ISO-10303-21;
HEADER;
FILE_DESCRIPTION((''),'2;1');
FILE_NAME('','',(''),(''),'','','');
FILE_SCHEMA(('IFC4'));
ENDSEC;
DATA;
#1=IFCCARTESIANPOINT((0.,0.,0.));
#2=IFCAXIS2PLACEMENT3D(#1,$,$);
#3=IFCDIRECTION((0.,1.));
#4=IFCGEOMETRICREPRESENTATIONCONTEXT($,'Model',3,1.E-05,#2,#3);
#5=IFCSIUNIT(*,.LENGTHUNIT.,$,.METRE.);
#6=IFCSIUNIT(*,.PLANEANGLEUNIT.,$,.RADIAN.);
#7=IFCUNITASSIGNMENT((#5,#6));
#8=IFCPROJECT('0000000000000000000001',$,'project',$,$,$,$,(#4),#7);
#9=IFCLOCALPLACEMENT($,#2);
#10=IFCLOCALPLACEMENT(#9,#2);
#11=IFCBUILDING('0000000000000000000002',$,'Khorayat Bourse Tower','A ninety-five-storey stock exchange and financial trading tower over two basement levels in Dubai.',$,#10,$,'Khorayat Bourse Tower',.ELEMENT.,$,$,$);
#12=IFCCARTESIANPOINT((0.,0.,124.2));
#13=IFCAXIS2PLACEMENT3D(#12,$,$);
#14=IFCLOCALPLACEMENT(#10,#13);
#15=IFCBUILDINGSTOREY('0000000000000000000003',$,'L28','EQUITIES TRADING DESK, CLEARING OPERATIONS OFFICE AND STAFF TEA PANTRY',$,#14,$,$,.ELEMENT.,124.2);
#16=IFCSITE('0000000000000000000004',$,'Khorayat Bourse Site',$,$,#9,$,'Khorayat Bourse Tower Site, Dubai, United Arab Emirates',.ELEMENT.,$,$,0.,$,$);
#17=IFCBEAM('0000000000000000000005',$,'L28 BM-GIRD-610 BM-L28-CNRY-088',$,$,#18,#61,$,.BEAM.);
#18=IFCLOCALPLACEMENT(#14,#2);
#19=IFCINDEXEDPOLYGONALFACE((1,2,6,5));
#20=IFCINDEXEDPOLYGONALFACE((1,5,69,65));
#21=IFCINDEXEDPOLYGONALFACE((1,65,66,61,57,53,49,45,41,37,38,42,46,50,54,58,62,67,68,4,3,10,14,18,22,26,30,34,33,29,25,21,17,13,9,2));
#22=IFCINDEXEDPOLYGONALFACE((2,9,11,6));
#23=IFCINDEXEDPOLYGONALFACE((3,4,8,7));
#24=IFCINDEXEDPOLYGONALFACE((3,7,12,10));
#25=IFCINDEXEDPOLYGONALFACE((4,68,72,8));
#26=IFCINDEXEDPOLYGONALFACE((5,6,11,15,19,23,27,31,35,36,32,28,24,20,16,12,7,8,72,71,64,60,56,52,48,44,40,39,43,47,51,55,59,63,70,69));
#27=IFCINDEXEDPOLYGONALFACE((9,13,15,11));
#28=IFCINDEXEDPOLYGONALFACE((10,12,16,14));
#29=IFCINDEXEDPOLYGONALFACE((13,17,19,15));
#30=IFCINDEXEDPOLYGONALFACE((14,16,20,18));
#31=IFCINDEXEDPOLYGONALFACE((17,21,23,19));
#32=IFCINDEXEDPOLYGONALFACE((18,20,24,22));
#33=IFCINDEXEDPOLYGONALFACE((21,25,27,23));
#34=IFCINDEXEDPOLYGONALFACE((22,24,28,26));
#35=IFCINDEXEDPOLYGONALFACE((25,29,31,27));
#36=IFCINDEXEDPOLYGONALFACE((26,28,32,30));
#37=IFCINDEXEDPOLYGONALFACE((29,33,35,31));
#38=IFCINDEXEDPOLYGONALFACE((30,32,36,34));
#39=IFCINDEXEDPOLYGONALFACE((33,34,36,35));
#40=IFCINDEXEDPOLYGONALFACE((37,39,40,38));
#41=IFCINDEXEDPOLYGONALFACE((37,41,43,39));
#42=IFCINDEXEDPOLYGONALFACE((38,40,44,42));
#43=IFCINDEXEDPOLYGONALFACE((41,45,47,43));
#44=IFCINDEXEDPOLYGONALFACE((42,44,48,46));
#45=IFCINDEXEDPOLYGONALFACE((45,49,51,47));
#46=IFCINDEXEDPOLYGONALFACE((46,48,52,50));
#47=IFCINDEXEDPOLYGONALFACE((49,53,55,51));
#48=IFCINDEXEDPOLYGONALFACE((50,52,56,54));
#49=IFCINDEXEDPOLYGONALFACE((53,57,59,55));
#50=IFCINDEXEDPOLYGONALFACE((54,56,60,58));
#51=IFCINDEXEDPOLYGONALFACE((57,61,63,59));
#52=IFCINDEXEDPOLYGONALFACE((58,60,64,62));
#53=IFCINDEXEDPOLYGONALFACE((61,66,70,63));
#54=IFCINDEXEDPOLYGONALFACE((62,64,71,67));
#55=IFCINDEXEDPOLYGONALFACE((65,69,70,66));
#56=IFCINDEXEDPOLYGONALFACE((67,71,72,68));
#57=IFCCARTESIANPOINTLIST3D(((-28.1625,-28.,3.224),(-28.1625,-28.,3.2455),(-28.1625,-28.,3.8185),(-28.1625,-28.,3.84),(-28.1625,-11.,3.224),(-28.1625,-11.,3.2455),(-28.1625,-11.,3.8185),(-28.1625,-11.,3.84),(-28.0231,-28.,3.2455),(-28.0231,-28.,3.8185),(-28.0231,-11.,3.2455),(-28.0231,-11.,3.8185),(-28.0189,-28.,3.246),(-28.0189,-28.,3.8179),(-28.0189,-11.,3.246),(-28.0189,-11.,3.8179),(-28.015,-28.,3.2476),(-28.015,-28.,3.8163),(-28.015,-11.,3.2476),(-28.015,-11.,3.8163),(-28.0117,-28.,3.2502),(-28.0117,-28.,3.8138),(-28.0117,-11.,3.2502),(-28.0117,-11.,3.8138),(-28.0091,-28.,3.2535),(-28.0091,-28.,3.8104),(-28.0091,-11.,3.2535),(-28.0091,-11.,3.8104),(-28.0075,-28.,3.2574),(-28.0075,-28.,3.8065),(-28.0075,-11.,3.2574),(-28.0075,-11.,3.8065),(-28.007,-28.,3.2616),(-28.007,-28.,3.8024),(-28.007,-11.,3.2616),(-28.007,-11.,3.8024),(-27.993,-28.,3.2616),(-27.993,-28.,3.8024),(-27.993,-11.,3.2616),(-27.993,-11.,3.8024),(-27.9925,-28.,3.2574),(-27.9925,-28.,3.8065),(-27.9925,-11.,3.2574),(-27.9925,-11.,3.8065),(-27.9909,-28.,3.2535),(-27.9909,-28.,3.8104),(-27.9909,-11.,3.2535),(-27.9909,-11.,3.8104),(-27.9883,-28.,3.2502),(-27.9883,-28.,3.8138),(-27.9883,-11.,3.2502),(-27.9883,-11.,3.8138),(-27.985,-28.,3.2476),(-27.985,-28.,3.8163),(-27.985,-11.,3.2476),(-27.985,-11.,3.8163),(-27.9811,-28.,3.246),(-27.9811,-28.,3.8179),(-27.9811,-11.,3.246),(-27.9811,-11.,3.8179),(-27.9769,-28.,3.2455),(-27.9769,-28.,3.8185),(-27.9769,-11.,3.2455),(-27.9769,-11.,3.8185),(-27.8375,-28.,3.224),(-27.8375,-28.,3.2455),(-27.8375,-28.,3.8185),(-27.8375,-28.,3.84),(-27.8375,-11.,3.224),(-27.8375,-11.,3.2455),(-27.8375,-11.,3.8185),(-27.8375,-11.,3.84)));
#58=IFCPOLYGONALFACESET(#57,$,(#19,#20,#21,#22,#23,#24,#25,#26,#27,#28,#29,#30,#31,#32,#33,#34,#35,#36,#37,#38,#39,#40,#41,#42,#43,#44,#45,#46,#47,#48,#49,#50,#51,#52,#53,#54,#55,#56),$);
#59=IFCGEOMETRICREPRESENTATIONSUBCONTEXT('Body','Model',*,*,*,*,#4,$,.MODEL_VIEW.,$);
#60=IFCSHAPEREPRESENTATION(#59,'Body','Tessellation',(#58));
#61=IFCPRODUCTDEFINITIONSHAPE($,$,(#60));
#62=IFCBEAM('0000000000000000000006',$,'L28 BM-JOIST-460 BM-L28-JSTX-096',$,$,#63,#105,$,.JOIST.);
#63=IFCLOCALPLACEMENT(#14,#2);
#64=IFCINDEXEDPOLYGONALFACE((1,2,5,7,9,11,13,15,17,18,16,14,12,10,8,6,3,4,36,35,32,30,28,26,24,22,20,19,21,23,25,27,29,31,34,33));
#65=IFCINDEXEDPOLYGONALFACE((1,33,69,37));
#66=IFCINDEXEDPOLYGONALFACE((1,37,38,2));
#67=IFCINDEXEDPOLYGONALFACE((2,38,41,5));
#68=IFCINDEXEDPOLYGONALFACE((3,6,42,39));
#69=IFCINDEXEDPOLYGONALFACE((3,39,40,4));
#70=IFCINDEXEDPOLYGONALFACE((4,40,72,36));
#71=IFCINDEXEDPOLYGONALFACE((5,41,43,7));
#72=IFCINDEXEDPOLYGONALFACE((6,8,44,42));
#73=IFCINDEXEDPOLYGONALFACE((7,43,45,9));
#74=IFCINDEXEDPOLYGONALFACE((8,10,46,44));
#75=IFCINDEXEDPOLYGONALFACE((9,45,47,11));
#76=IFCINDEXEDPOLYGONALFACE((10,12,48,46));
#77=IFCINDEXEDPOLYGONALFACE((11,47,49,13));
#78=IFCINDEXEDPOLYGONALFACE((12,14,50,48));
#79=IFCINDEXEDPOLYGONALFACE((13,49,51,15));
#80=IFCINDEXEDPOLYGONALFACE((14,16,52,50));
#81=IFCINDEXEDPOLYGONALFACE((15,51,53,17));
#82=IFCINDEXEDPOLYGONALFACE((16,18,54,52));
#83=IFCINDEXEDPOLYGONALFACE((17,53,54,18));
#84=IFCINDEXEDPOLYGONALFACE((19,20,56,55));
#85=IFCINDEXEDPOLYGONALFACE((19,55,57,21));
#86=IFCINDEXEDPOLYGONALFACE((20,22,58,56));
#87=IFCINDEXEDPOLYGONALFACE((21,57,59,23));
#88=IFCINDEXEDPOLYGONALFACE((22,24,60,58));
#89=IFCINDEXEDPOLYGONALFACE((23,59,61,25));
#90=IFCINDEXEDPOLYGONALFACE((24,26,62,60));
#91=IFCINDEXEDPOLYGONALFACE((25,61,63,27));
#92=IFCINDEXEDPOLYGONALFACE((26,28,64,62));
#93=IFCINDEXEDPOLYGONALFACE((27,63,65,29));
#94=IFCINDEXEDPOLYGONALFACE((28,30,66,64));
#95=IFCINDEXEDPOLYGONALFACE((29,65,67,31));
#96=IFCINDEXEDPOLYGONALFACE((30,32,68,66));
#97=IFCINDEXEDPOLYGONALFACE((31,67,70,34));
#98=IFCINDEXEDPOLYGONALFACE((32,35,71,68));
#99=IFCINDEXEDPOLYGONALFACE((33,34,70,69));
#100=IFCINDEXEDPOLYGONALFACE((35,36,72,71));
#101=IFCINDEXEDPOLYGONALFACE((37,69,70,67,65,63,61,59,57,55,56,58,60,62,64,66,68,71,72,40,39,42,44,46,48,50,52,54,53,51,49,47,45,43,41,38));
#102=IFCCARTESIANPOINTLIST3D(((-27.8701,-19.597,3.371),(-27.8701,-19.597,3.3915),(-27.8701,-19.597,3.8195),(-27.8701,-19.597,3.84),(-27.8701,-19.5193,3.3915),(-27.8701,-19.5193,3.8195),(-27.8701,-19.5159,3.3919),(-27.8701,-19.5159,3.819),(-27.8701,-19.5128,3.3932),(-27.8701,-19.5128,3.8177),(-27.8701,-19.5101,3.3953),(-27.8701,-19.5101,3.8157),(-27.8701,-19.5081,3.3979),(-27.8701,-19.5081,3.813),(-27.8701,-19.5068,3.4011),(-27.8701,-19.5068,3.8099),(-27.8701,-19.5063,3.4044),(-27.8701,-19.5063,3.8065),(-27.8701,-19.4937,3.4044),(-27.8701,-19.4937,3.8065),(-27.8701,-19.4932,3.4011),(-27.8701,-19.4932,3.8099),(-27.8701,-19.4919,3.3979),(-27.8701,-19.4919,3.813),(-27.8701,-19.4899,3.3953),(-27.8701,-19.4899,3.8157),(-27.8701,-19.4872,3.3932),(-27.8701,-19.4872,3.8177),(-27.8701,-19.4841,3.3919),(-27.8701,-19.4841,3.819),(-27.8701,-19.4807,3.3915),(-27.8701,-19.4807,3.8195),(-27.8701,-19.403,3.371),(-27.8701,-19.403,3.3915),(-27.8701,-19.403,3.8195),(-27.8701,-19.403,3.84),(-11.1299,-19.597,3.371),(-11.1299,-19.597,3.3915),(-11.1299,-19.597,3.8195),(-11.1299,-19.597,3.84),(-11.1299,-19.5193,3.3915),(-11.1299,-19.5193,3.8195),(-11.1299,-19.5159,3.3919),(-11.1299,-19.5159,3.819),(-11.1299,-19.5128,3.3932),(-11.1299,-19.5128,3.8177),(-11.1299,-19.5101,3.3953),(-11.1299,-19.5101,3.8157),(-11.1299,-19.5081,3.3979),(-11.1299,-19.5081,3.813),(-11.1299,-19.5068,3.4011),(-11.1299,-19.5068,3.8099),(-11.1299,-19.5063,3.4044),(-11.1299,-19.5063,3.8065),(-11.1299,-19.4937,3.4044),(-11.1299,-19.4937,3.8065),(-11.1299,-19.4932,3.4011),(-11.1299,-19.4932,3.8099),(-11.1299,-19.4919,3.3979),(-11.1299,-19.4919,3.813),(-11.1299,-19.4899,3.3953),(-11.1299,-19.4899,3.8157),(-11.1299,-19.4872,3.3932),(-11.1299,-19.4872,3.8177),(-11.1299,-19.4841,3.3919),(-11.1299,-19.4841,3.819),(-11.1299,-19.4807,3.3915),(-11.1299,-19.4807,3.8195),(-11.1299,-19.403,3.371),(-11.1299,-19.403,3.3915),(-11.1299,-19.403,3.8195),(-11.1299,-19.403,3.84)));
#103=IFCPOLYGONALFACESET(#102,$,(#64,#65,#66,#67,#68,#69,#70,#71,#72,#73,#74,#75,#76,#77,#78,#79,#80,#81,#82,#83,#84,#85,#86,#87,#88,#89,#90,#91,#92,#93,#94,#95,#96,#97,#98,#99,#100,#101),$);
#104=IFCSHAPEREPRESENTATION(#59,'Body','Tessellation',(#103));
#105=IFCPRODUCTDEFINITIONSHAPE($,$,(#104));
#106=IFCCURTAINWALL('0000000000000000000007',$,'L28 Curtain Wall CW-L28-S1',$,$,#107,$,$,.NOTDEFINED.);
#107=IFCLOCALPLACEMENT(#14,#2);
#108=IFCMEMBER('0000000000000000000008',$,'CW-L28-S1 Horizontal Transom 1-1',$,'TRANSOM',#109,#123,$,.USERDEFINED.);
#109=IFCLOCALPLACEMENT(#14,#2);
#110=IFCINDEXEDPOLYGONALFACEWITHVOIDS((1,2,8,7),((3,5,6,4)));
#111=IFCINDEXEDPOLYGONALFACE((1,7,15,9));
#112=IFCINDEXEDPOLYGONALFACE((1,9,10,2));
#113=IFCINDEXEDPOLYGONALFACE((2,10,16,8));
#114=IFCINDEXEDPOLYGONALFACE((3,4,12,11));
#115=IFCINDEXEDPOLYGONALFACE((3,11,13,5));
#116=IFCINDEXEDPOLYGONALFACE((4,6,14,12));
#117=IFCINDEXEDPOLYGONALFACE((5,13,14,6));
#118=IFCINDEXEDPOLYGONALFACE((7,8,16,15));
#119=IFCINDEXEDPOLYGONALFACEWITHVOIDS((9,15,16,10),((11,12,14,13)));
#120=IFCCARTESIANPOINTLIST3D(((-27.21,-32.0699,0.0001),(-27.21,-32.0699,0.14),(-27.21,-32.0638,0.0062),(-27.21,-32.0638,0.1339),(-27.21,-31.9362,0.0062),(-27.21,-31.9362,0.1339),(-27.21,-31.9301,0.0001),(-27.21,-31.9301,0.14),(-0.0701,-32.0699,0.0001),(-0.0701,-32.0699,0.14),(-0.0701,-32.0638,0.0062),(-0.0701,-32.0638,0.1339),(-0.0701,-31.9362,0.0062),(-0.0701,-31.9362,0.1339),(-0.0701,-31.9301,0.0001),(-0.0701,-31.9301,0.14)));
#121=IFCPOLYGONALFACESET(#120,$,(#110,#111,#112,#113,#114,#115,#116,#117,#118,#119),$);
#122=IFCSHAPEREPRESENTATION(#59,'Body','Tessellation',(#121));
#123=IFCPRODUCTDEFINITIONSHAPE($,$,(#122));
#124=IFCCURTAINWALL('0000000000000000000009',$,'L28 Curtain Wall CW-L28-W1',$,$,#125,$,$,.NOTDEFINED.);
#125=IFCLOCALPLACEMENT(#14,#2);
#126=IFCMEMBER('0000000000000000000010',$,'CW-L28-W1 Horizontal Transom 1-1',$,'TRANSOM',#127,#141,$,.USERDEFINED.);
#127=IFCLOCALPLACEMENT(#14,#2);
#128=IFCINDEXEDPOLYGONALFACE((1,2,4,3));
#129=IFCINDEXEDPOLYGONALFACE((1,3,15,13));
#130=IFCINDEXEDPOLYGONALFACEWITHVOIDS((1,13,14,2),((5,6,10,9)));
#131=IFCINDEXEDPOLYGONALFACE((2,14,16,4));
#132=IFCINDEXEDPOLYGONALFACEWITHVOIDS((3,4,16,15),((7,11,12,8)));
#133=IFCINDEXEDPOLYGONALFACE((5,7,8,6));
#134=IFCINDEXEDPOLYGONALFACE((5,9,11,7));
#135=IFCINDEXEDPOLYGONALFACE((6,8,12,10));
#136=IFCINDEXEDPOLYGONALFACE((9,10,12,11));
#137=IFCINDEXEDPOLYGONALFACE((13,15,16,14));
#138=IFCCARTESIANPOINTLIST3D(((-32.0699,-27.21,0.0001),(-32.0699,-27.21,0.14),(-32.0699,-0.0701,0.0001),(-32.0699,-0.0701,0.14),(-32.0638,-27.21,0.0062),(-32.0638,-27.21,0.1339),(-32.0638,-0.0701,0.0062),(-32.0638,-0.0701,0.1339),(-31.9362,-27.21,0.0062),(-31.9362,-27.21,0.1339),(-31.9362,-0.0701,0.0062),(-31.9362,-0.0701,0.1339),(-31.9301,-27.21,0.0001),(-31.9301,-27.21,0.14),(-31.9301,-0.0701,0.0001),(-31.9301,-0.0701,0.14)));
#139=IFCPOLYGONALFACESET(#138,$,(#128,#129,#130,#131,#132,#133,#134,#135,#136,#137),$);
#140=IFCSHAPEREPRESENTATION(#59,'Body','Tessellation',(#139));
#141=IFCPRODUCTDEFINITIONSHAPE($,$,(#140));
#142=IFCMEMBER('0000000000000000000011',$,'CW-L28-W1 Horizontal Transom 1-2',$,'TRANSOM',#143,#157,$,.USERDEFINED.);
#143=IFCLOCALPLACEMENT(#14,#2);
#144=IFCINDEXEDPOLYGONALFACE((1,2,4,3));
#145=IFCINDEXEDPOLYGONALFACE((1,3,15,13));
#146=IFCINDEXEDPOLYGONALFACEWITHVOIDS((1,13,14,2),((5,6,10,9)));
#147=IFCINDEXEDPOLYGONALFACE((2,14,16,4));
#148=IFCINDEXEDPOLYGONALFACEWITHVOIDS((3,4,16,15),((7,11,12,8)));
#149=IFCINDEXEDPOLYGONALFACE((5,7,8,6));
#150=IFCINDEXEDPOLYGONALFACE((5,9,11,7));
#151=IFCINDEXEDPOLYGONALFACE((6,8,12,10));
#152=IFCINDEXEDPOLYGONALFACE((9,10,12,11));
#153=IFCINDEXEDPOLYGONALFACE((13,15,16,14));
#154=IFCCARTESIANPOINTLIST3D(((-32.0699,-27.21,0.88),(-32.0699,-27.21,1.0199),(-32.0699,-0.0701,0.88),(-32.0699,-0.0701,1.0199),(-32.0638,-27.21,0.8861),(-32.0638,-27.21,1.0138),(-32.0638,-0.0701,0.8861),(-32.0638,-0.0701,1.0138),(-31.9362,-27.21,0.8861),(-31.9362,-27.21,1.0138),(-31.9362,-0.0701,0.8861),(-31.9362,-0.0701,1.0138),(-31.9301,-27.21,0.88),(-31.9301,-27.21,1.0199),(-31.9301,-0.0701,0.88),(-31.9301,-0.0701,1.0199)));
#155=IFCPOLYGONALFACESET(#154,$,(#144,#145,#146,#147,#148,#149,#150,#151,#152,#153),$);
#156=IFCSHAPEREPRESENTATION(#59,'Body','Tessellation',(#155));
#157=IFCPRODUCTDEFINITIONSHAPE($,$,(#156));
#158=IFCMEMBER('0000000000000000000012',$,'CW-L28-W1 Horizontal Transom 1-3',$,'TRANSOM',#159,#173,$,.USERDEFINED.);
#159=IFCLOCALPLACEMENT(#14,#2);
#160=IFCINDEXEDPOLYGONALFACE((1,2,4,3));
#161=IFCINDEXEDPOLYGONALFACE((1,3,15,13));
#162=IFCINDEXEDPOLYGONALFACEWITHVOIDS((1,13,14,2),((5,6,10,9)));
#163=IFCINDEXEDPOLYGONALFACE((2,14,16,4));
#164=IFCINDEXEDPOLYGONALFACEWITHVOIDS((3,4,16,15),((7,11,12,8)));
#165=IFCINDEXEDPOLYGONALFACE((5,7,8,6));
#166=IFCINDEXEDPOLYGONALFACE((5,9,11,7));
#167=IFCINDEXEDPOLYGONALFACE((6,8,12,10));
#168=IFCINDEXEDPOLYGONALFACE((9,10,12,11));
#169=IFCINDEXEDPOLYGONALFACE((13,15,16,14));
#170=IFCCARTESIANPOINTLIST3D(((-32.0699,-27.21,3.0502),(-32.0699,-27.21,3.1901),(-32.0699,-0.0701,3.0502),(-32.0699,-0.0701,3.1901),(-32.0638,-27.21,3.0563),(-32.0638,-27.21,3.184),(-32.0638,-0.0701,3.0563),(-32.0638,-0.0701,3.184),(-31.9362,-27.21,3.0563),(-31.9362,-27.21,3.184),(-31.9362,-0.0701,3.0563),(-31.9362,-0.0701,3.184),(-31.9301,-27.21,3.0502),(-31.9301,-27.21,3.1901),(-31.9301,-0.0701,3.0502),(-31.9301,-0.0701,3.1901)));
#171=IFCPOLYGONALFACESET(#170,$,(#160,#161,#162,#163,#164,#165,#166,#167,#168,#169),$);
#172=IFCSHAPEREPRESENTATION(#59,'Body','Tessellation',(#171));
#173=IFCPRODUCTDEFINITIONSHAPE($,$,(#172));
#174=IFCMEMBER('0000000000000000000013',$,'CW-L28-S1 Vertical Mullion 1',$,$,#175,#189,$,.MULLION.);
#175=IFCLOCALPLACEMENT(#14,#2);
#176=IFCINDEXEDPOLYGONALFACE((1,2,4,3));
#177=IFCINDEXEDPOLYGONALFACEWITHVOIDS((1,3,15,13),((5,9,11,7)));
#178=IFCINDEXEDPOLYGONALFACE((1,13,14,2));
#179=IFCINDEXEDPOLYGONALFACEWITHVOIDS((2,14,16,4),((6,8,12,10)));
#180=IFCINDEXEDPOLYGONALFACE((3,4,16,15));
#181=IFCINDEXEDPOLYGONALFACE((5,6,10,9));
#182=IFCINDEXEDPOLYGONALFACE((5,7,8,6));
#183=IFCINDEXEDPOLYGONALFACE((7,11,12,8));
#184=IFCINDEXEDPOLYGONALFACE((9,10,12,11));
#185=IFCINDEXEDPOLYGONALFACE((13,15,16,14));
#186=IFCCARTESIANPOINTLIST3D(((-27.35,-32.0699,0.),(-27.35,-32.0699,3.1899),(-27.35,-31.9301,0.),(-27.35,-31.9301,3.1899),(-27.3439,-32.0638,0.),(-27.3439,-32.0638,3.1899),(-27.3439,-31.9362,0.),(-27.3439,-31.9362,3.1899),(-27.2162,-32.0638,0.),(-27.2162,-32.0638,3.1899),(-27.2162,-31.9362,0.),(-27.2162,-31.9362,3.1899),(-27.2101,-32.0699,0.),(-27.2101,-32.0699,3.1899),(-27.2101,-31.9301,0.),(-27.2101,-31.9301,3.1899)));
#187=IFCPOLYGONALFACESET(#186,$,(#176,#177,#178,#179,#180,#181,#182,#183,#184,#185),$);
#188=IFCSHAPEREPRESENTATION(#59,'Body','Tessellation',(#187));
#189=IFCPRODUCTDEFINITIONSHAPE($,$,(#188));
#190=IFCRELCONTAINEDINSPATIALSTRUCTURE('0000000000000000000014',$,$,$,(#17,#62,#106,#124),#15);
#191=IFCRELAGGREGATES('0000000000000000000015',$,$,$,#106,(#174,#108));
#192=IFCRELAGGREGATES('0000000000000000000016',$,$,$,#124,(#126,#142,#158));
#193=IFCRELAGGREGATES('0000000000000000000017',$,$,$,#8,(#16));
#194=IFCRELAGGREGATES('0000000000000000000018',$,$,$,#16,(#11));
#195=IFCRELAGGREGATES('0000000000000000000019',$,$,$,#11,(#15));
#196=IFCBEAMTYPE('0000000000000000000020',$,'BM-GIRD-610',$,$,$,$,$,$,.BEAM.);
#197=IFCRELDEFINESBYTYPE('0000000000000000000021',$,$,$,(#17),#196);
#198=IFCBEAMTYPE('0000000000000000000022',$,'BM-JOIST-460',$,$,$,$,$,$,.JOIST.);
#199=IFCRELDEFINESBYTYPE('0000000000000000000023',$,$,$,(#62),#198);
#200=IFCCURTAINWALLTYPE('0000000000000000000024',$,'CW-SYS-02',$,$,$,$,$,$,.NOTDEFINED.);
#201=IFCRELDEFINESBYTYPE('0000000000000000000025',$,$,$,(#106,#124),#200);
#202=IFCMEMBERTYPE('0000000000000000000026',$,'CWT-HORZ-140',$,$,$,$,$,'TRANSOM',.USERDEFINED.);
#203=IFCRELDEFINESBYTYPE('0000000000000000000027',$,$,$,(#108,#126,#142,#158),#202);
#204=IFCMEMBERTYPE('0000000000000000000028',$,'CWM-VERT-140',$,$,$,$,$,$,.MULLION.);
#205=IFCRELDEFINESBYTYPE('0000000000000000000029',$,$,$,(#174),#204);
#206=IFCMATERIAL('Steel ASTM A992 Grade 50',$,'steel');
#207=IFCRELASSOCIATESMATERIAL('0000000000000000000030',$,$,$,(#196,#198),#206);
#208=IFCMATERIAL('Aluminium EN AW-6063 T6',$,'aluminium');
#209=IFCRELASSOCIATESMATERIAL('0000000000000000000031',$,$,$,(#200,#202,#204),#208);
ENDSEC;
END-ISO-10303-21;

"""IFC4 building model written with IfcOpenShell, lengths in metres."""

from ifc_helpers import new_model, si_unit, direction, frame, origin, origin_2d, place, context, subcontext, project, spatial, hollow_rectangle, i_section, extrude, source, transform, mapped, material, material_profile, profile_set, type_object, element, aggregate, save


model = new_model("IFC4")

# Units and contexts
model_context = context("Model", 3, precision=1e-05, world=origin(), true_north=direction((0.0, 1.0)))
body_context = subcontext(model_context, "Body", "Model", "MODEL_VIEW")
ifc_project = project(units=[si_unit("LENGTHUNIT", "METRE"), si_unit("PLANEANGLEUNIT", "RADIAN")], contexts=[model_context])

# Site, building, storey
site_placement = place(None, origin())
site = spatial("IfcSite", under=ifc_project, at=site_placement, Name="Khorayat Bourse Site", LongName="Khorayat Bourse Tower Site, Dubai, United Arab Emirates", CompositionType="ELEMENT", RefElevation=0.0)
building_placement = place(site_placement, origin())
building = spatial("IfcBuilding", under=site, at=building_placement, Name="Khorayat Bourse Tower", Description="A ninety-five-storey stock exchange and financial trading tower over two basement levels in Dubai.", LongName="Khorayat Bourse Tower", CompositionType="ELEMENT")
storey_placement = place(building_placement, frame((0.0, 0.0, 124.2)))
storey = spatial("IfcBuildingStorey", under=building, at=storey_placement, Name="L28", Description="EQUITIES TRADING DESK, CLEARING OPERATIONS OFFICE AND STAFF TEA PANTRY", CompositionType="ELEMENT", Elevation=124.2)

# Beams
ifc_material_1 = material(Name="Steel ASTM A992 Grade 50", Category="steel")
ifc_material_profile_1 = material_profile(ifc_material_1, i_section(OverallWidth=0.325, OverallDepth=0.616, WebThickness=0.0139, FlangeThickness=0.0215, FilletRadius=0.0161, at=origin_2d()), Name="W610X174")
ifc_profile_set_1 = profile_set([ifc_material_profile_1], Name="Steel ASTM A992 Grade 50")
beam_type_1 = type_object("IfcBeamType", Name="BM-GIRD-610", PredefinedType="BEAM", material=ifc_profile_set_1)
shared_shape_1 = source(origin(), body_context, "Body", "SweptSolid", [
    extrude(i_section(OverallWidth=0.325, OverallDepth=0.616, WebThickness=0.0139, FlangeThickness=0.0215, FilletRadius=0.0161, at=origin_2d()), origin(), (0.0, 0.0, 1.0), 17.0),
])
beam_1_placement = place(storey_placement, frame((-28.0, -28.0, 3.532), z_axis=(0.0, 1.0, 0.0), x_axis=(-1.0, 0.0, 0.0)))
element("IfcBeam", 1, at=beam_1_placement, inside=storey, type_object=beam_type_1, Name="L28 BM-GIRD-610 BM-L28-CNRY-088", PredefinedType="BEAM", context=body_context, shape_type="MappedRepresentation", body=[
    mapped(shared_shape_1, transform((0.0, 0.0, 0.0), scale=1.0)),
])
ifc_material_profile_2 = material_profile(ifc_material_1, i_section(OverallWidth=0.1941, OverallDepth=0.469, WebThickness=0.0127, FlangeThickness=0.0205, FilletRadius=0.0129, at=origin_2d()), Name="W460X106")
ifc_profile_set_2 = profile_set([ifc_material_profile_2], Name="Steel ASTM A992 Grade 50")
beam_type_2 = type_object("IfcBeamType", Name="BM-JOIST-460", PredefinedType="JOIST", material=ifc_profile_set_2)
shared_shape_2 = source(origin(), body_context, "Body", "SweptSolid", [
    extrude(i_section(OverallWidth=0.1941, OverallDepth=0.469, WebThickness=0.0127, FlangeThickness=0.0205, FilletRadius=0.0129, at=origin_2d()), origin(), (0.0, 0.0, 1.0), 16.7402),
])
beam_2_placement = place(storey_placement, frame((-27.8701, -19.5, 3.6055), z_axis=(1.0, 0.0, 0.0), x_axis=(0.0, 1.0, 0.0)))
element("IfcBeam", 2, at=beam_2_placement, inside=storey, type_object=beam_type_2, Name="L28 BM-JOIST-460 BM-L28-JSTX-096", PredefinedType="JOIST", context=body_context, shape_type="MappedRepresentation", body=[
    mapped(shared_shape_2, transform((0.0, 0.0, 0.0), scale=1.0)),
])

# Curtain wall, member
ifc_material_2 = material(Name="Aluminium EN AW-6063 T6", Category="aluminium")
curtain_wall_type = type_object("IfcCurtainWallType", Name="CW-SYS-02", PredefinedType="NOTDEFINED", material=ifc_material_2)
curtain_wall_1_placement = place(storey_placement, origin())
curtain_wall_1 = element("IfcCurtainWall", 3, at=curtain_wall_1_placement, inside=storey, type_object=curtain_wall_type, Name="L28 Curtain Wall CW-L28-S1", PredefinedType="NOTDEFINED")
ifc_material_profile_3 = material_profile(ifc_material_2, hollow_rectangle(XDim=0.1399, YDim=0.1399, WallThickness=0.0061, at=origin_2d()), Name="ALU 140x140x6")
ifc_profile_set_3 = profile_set([ifc_material_profile_3], Name="Aluminium EN AW-6063 T6")
member_type_1 = type_object("IfcMemberType", Name="CWT-HORZ-140", ElementType="TRANSOM", PredefinedType="USERDEFINED", material=ifc_profile_set_3)
shared_shape_3 = source(origin(), body_context, "Body", "SweptSolid", [
    extrude(hollow_rectangle(XDim=0.1399, YDim=0.1399, WallThickness=0.0061, at=origin_2d()), origin(), (0.0, 0.0, 1.0), 27.1399),
])
member_1_placement = place(storey_placement, frame((-27.21, -32.0, 0.0701), z_axis=(1.0, 0.0, 0.0), x_axis=(0.0, 1.0, 0.0)))
member_1 = element("IfcMember", 4, at=member_1_placement, type_object=member_type_1, Name="CW-L28-S1 Horizontal Transom 1-1", ObjectType="TRANSOM", PredefinedType="USERDEFINED", context=body_context, shape_type="MappedRepresentation", body=[
    mapped(shared_shape_3, transform((0.0, 0.0, 0.0), scale=1.0)),
])

# Curtain wall, members
curtain_wall_2_placement = place(storey_placement, origin())
curtain_wall_2 = element("IfcCurtainWall", 5, at=curtain_wall_2_placement, inside=storey, type_object=curtain_wall_type, Name="L28 Curtain Wall CW-L28-W1", PredefinedType="NOTDEFINED")
member_2_placement = place(storey_placement, frame((-32.0, -27.21, 0.0701), z_axis=(0.0, 1.0, 0.0), x_axis=(-1.0, 0.0, 0.0)))
member_2 = element("IfcMember", 6, at=member_2_placement, type_object=member_type_1, Name="CW-L28-W1 Horizontal Transom 1-1", ObjectType="TRANSOM", PredefinedType="USERDEFINED", context=body_context, shape_type="MappedRepresentation", body=[
    mapped(shared_shape_3, transform((0.0, 0.0, 0.0), scale=1.0)),
])
member_3_placement = place(storey_placement, frame((-32.0, -27.21, 0.95), z_axis=(0.0, 1.0, 0.0), x_axis=(-1.0, 0.0, 0.0)))
member_3 = element("IfcMember", 7, at=member_3_placement, type_object=member_type_1, Name="CW-L28-W1 Horizontal Transom 1-2", ObjectType="TRANSOM", PredefinedType="USERDEFINED", context=body_context, shape_type="MappedRepresentation", body=[
    mapped(shared_shape_3, transform((0.0, 0.0, 0.0), scale=1.0)),
])
member_4_placement = place(storey_placement, frame((-32.0, -27.21, 3.1201), z_axis=(0.0, 1.0, 0.0), x_axis=(-1.0, 0.0, 0.0)))
member_4 = element("IfcMember", 8, at=member_4_placement, type_object=member_type_1, Name="CW-L28-W1 Horizontal Transom 1-3", ObjectType="TRANSOM", PredefinedType="USERDEFINED", context=body_context, shape_type="MappedRepresentation", body=[
    mapped(shared_shape_3, transform((0.0, 0.0, 0.0), scale=1.0)),
])

# Member
ifc_material_profile_4 = material_profile(ifc_material_2, hollow_rectangle(XDim=0.1399, YDim=0.1399, WallThickness=0.0061, at=origin_2d()), Name="ALU 140x140x6")
ifc_profile_set_4 = profile_set([ifc_material_profile_4], Name="Aluminium EN AW-6063 T6")
member_type_2 = type_object("IfcMemberType", Name="CWM-VERT-140", PredefinedType="MULLION", material=ifc_profile_set_4)
shared_shape_4 = source(origin(), body_context, "Body", "SweptSolid", [
    extrude(hollow_rectangle(XDim=0.1399, YDim=0.1399, WallThickness=0.0061, at=origin_2d()), origin(), (0.0, 0.0, 1.0), 3.1899),
])
member_5_placement = place(storey_placement, frame((-27.28, -32.0, 0.0), z_axis=(0.0, 0.0, 1.0), x_axis=(0.0, 1.0, 0.0)))
member_5 = element("IfcMember", 9, at=member_5_placement, type_object=member_type_2, Name="CW-L28-S1 Vertical Mullion 1", PredefinedType="MULLION", context=body_context, shape_type="MappedRepresentation", body=[
    mapped(shared_shape_4, transform((0.0, 0.0, 0.0), scale=1.0)),
])
aggregate(curtain_wall_1, [member_5, member_1])

aggregate(curtain_wall_2, [member_2, member_3, member_4])

save(model, "model.ifc")
